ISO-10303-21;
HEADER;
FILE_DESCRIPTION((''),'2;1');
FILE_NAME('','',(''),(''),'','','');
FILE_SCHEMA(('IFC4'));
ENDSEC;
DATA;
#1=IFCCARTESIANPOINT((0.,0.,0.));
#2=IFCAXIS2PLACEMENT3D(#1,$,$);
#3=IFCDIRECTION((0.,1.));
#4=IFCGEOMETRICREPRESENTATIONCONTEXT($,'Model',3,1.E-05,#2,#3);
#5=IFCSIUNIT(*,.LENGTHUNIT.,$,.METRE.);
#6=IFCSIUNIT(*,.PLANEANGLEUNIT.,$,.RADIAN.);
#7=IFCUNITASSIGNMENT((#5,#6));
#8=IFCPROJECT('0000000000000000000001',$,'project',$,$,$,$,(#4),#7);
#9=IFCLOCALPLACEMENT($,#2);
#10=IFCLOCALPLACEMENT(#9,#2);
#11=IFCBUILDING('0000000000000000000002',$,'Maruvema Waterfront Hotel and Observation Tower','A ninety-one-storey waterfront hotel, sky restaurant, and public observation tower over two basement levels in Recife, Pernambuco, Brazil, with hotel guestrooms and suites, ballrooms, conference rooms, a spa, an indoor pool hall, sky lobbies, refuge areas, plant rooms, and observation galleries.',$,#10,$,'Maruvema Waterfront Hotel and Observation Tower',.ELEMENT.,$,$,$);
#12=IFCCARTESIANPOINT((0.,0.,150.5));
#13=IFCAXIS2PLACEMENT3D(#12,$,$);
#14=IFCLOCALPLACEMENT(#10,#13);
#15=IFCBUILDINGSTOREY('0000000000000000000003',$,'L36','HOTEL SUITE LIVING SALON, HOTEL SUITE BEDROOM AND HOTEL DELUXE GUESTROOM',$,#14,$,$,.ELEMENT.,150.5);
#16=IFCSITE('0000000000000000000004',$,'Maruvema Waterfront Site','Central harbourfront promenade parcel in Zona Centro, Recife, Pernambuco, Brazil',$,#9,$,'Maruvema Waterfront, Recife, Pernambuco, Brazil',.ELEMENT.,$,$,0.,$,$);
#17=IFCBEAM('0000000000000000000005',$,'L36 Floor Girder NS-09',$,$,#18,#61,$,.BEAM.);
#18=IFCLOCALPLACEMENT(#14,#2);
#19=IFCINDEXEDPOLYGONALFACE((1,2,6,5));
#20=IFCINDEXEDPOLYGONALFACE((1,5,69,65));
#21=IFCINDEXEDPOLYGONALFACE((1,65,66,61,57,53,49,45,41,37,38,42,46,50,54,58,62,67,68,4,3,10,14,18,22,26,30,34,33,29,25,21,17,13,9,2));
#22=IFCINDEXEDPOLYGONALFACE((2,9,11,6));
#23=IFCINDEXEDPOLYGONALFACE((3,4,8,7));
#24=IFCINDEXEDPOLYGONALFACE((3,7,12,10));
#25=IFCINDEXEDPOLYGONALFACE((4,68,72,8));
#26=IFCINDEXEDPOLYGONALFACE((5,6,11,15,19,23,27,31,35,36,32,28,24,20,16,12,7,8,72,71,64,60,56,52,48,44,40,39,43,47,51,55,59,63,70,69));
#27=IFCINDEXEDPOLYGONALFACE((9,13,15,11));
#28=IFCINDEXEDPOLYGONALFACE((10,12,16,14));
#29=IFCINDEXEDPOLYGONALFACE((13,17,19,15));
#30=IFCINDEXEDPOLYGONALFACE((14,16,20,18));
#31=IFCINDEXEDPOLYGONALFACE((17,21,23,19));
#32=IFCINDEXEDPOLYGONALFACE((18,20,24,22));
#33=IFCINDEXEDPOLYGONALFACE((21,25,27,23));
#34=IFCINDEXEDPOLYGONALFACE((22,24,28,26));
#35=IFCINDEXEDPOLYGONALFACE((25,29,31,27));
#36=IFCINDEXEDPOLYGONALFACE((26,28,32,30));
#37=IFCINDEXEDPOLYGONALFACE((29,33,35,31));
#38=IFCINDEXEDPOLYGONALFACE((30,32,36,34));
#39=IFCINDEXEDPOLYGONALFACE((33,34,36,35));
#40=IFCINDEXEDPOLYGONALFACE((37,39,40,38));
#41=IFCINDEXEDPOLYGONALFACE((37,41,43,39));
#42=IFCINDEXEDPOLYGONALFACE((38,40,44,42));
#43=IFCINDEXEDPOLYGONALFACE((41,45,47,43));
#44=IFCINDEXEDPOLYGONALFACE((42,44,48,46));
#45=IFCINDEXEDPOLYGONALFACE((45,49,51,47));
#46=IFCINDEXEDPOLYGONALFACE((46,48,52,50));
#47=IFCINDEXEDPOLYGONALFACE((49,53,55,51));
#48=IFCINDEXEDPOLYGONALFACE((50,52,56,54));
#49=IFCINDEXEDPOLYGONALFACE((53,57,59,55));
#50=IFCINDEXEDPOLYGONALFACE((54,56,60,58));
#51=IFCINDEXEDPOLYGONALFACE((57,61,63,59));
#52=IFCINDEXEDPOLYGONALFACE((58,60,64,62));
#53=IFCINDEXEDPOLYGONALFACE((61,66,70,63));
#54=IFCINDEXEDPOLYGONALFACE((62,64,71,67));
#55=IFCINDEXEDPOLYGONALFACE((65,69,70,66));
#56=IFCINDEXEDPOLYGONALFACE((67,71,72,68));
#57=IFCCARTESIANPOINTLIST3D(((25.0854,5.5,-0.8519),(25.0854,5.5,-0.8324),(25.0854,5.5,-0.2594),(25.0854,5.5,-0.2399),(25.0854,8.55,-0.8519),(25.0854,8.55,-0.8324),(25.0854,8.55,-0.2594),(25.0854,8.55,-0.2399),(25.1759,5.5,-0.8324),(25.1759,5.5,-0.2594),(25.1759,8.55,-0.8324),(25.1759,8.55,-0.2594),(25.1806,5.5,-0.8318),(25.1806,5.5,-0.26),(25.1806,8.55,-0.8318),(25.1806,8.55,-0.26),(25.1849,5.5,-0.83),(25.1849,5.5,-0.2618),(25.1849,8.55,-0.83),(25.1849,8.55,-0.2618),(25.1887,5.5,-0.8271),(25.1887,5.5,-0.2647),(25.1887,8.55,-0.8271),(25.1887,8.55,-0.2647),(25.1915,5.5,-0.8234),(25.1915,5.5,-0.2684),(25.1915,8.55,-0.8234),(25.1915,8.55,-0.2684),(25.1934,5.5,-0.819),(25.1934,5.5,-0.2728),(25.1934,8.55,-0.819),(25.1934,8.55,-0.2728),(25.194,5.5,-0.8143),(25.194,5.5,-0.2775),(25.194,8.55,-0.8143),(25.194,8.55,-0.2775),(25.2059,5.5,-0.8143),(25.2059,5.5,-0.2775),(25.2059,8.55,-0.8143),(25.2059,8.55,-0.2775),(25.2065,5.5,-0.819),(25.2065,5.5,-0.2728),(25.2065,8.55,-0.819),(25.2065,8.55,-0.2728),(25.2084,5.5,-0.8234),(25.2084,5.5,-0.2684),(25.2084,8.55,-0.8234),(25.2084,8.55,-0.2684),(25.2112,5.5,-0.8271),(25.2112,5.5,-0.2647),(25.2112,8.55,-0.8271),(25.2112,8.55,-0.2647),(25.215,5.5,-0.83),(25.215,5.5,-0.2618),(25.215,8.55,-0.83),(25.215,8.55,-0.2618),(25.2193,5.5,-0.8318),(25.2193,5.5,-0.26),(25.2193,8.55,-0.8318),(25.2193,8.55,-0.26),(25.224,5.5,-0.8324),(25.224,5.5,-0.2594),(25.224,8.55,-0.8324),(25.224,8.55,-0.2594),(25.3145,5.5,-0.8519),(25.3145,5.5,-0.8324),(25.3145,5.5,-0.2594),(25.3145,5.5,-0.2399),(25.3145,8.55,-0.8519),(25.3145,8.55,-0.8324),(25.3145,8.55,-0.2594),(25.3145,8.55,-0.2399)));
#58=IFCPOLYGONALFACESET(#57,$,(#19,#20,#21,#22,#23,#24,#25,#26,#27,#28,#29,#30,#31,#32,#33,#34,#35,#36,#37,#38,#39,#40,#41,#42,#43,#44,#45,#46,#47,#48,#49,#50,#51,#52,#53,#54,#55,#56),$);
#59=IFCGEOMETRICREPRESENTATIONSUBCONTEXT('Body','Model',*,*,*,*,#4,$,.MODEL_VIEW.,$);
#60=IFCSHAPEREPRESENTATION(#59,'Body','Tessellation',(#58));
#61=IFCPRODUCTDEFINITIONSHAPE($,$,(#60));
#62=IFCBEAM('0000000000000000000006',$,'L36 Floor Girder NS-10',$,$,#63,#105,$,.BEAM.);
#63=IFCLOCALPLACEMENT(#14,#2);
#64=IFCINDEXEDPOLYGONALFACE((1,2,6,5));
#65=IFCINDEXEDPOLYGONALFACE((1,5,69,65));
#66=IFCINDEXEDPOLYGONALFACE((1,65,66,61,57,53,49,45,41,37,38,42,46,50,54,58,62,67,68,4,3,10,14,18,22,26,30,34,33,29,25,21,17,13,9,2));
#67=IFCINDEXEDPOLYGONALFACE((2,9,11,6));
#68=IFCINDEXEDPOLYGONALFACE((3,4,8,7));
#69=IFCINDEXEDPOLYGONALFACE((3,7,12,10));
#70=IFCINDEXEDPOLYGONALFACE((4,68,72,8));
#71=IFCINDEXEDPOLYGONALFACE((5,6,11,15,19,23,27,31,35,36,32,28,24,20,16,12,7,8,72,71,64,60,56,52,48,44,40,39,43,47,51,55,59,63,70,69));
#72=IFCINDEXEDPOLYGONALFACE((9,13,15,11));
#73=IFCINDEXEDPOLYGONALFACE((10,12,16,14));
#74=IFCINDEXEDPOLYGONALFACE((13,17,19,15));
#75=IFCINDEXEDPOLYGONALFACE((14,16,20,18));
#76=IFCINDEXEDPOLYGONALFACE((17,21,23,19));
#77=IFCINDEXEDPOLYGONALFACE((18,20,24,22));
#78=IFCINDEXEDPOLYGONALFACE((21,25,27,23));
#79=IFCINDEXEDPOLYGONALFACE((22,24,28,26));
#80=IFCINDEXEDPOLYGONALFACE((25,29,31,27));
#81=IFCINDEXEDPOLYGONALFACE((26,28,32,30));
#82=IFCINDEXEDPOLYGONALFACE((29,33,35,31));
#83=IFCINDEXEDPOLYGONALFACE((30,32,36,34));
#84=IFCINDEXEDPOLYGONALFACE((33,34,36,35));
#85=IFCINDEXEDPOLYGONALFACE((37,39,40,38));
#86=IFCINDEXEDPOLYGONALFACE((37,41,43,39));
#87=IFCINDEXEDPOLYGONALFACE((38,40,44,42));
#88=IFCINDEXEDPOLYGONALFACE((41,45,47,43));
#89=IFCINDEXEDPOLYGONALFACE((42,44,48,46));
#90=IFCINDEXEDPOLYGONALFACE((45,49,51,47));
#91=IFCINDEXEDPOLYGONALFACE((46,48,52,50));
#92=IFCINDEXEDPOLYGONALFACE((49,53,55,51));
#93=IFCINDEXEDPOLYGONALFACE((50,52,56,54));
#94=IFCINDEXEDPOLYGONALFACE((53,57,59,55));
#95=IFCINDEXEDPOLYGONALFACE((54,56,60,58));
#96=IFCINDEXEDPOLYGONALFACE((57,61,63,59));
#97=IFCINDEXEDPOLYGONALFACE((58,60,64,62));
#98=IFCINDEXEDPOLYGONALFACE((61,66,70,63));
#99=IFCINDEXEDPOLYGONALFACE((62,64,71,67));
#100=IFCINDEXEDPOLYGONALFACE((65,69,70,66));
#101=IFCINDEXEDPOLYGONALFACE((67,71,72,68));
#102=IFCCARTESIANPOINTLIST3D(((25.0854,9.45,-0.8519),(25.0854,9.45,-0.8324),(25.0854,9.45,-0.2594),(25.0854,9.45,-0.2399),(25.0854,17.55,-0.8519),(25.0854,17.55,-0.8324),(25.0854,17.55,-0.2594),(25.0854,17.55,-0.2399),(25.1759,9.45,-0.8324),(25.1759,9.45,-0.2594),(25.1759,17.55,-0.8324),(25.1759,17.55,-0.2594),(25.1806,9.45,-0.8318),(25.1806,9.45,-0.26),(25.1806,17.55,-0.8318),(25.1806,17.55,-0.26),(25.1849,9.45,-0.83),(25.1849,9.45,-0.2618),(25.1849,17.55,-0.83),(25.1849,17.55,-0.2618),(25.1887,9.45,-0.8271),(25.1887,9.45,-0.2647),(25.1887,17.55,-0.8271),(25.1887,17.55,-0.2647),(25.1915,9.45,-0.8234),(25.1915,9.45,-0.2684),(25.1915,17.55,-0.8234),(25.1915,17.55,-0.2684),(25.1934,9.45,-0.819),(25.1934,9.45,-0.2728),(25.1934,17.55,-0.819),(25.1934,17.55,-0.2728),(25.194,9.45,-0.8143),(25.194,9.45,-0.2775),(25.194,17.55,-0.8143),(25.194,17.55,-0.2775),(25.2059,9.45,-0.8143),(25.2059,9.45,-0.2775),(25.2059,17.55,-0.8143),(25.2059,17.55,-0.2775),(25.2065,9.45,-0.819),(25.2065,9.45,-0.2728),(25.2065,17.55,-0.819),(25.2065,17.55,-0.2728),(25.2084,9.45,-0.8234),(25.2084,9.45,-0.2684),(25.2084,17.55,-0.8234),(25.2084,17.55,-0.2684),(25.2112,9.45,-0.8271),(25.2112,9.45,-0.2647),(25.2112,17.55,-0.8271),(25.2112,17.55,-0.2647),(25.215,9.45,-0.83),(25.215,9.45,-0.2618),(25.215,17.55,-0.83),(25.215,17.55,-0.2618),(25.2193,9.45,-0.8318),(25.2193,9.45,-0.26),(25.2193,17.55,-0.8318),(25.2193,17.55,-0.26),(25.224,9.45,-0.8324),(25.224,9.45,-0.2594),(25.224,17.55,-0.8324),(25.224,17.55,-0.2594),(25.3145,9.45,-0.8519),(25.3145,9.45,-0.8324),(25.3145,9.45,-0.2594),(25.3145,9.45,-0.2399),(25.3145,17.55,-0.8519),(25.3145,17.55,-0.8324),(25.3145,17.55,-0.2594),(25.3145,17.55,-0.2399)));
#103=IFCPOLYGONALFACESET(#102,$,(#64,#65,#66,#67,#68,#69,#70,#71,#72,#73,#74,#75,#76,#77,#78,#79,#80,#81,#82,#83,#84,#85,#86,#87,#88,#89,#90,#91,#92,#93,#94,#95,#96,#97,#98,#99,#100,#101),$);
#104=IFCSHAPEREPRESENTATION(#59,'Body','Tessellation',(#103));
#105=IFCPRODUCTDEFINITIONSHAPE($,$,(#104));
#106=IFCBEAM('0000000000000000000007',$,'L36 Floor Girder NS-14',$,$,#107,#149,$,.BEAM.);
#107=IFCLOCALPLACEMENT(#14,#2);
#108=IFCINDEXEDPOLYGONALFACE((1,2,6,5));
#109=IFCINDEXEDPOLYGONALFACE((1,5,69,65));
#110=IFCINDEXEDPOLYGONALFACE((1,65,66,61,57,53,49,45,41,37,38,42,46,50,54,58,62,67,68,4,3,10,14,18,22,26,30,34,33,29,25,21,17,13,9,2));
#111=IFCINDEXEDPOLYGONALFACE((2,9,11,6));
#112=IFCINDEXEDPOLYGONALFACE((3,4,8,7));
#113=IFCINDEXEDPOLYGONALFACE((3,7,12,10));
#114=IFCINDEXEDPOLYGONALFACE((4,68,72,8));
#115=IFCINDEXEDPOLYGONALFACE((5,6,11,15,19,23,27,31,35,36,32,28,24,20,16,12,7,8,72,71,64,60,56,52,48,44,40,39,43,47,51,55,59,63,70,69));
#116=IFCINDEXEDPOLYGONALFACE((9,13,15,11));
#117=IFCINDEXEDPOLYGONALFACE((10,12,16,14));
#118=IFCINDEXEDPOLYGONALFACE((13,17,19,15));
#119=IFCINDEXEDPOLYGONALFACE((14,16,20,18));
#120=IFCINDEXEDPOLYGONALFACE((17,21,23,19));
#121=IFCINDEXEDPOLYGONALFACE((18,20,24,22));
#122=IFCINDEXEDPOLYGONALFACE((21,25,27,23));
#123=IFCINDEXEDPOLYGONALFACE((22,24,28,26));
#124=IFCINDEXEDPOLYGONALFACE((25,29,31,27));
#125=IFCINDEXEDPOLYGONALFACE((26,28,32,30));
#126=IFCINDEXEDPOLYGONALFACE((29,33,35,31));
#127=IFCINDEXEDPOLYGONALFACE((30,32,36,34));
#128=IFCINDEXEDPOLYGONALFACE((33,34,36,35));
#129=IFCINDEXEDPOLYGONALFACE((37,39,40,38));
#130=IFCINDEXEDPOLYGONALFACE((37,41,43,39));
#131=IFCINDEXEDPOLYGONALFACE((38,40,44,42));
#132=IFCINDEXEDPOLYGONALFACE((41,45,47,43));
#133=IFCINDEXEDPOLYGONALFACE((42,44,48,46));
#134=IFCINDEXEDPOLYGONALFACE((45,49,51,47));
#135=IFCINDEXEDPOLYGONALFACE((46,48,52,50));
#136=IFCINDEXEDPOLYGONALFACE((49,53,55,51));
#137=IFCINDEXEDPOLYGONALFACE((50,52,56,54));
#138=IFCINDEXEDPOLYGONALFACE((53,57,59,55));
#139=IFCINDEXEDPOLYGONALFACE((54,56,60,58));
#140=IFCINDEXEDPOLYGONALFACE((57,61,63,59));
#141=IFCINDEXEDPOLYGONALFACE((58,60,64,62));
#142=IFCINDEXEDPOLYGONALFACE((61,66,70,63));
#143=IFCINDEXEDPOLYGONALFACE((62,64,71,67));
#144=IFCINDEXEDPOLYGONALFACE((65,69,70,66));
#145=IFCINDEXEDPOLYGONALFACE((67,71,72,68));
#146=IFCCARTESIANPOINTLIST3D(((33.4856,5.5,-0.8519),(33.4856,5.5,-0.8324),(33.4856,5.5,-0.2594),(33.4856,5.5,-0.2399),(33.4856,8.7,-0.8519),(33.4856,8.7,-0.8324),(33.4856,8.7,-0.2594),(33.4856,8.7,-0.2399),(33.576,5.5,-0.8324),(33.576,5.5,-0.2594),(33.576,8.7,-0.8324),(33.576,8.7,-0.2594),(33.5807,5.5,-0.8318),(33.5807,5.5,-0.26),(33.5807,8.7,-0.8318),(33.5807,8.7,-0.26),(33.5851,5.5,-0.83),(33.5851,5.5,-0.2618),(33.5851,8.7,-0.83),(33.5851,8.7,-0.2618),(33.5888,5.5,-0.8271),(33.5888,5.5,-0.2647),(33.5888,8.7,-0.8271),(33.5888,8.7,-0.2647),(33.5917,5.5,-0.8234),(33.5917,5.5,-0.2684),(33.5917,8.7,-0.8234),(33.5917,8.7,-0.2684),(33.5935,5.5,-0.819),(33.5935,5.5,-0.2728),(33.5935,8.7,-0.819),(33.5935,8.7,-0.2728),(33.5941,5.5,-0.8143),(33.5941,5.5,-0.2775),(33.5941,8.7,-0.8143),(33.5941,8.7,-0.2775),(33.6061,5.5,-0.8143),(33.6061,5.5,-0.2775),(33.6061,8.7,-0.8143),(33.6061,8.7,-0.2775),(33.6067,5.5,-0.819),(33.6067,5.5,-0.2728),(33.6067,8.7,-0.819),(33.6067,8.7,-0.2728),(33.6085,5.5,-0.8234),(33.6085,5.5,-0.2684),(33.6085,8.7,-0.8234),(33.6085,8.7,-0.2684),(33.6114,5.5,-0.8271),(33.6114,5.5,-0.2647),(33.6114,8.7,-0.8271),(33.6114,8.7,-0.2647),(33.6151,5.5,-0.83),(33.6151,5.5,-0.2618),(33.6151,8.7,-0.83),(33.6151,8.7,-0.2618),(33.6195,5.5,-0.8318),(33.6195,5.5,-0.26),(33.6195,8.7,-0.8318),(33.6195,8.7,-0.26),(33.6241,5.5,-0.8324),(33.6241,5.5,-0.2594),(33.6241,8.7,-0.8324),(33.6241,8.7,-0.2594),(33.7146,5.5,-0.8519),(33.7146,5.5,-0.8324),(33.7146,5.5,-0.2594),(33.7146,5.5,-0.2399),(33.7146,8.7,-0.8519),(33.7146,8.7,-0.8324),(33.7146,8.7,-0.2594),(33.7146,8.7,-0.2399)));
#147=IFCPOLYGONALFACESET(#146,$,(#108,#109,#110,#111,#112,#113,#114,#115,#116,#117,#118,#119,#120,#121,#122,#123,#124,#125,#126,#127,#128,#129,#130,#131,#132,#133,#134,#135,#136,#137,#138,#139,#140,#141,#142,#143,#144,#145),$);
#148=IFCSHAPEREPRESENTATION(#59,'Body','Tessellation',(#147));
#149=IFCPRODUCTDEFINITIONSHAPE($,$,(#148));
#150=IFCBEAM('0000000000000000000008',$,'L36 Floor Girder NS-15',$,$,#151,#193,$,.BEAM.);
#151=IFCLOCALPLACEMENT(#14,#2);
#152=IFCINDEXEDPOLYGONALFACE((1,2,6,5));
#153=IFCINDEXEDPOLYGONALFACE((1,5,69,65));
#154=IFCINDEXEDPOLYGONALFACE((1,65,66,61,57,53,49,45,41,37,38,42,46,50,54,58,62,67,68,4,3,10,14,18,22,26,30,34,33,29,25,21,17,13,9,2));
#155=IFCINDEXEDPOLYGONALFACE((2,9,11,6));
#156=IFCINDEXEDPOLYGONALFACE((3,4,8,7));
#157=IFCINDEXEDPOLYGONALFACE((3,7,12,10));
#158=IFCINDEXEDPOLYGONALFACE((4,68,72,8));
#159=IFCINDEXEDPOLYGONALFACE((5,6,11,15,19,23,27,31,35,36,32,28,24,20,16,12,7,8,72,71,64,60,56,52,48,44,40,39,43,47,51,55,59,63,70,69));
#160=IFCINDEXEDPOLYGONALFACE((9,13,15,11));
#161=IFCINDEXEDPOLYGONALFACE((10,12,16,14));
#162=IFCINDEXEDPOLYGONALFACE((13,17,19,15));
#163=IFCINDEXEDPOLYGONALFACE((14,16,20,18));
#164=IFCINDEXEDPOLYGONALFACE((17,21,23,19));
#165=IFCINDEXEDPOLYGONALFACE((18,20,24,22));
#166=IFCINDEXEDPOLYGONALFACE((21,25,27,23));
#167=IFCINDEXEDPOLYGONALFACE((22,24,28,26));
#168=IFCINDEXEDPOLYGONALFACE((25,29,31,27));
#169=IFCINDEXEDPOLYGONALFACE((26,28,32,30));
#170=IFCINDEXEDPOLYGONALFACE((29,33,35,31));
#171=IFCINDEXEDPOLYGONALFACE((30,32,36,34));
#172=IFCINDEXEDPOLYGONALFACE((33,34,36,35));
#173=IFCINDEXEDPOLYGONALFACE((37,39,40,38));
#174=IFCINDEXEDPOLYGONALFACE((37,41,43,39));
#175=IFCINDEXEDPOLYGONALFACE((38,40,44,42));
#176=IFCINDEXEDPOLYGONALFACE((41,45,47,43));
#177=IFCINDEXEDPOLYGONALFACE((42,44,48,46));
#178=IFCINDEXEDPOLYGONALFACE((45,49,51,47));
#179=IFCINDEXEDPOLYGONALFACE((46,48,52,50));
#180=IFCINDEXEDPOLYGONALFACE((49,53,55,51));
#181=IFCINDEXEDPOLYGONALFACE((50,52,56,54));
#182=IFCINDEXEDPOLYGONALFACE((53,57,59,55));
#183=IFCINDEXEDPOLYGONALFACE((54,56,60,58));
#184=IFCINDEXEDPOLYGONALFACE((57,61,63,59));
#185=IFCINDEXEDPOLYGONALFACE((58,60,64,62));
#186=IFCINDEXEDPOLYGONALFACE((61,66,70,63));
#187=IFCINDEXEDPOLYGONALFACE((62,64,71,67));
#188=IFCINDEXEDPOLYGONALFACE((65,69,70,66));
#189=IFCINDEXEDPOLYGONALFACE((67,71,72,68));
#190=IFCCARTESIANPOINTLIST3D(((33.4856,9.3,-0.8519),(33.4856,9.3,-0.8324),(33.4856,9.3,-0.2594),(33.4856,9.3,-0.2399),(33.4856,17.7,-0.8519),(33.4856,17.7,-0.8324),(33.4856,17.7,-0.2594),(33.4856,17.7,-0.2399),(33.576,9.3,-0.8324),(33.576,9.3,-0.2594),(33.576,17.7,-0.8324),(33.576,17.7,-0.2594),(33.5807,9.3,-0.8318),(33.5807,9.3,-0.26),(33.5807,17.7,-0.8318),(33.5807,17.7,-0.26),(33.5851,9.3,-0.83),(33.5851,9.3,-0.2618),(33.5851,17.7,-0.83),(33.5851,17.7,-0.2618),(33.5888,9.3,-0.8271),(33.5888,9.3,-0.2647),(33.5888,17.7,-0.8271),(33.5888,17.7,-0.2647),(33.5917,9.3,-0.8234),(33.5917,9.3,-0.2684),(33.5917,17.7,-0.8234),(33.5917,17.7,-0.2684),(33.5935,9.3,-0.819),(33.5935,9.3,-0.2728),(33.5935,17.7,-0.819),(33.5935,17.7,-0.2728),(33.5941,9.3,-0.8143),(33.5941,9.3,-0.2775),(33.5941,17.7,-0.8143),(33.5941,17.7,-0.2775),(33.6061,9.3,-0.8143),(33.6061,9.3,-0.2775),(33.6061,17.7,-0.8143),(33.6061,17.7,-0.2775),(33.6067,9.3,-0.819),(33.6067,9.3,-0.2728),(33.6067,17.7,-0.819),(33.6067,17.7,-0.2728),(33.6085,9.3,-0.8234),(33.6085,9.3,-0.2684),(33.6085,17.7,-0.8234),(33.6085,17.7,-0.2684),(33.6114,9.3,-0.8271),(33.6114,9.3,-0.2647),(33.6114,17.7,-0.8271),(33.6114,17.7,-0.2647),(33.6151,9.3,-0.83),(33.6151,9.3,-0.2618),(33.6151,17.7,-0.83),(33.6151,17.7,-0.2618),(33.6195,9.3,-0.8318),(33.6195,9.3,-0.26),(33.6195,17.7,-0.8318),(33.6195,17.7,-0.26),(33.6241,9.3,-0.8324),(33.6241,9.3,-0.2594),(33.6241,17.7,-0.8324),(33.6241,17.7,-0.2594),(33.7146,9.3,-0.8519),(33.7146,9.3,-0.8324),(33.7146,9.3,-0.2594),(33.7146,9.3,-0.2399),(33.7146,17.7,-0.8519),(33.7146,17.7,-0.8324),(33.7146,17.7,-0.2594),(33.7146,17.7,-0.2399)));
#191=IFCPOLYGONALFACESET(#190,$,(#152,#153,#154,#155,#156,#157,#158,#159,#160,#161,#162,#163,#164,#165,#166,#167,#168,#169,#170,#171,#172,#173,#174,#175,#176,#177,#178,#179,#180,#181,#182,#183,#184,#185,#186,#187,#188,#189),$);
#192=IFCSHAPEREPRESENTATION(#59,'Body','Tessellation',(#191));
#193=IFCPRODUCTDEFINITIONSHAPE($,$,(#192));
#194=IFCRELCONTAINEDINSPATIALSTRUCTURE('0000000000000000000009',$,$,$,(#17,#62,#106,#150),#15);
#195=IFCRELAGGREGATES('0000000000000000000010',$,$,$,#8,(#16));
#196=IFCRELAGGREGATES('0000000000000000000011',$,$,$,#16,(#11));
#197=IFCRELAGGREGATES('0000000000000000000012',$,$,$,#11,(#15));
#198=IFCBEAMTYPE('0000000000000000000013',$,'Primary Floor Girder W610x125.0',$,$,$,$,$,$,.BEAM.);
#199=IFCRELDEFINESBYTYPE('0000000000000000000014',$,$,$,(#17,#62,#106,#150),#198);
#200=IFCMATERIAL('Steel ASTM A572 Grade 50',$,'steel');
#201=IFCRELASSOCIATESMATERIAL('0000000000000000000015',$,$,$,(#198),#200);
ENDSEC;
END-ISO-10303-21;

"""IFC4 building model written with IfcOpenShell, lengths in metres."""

from ifc_helpers import new_model, si_unit, direction, frame, origin, origin_2d, place, context, subcontext, project, spatial, i_section, extrude, material, material_profile, profile_set, type_object, element, save


model = new_model("IFC4")

# Units and contexts
model_context = context("Model", 3, precision=1e-05, world=origin(), true_north=direction((0.0, 1.0)))
body_context = subcontext(model_context, "Body", "Model", "MODEL_VIEW")
ifc_project = project(units=[si_unit("LENGTHUNIT", "METRE"), si_unit("PLANEANGLEUNIT", "RADIAN")], contexts=[model_context])

# Site, building, storey
site_placement = place(None, origin())
site = spatial("IfcSite", under=ifc_project, at=site_placement, Name="Maruvema Waterfront Site", Description="Central harbourfront promenade parcel in Zona Centro, Recife, Pernambuco, Brazil", LongName="Maruvema Waterfront, Recife, Pernambuco, Brazil", CompositionType="ELEMENT", RefElevation=0.0)
building_placement = place(site_placement, origin())
building = spatial("IfcBuilding", under=site, at=building_placement, Name="Maruvema Waterfront Hotel and Observation Tower", Description="A ninety-one-storey waterfront hotel, sky restaurant, and public observation tower over two basement levels in Recife, Pernambuco, Brazil, with hotel guestrooms and suites, ballrooms, conference rooms, a spa, an indoor pool hall, sky lobbies, refuge areas, plant rooms, and observation galleries.", LongName="Maruvema Waterfront Hotel and Observation Tower", CompositionType="ELEMENT")
storey_placement = place(building_placement, frame((0.0, 0.0, 150.5)))
storey = spatial("IfcBuildingStorey", under=building, at=storey_placement, Name="L36", Description="HOTEL SUITE LIVING SALON, HOTEL SUITE BEDROOM AND HOTEL DELUXE GUESTROOM", CompositionType="ELEMENT", Elevation=150.5)

# Beams
ifc_material_1 = material(Name="Steel ASTM A572 Grade 50", Category="steel")
ifc_material_profile_1 = material_profile(ifc_material_1, i_section(OverallWidth=0.229, OverallDepth=0.6121, WebThickness=0.012, FlangeThickness=0.0195, FilletRadius=0.0181, at=origin_2d()), Name="W610x125.0")
ifc_profile_set_1 = profile_set([ifc_material_profile_1], Name="Steel ASTM A572 Grade 50")
beam_type_1 = type_object("IfcBeamType", Name="Primary Floor Girder W610x125.0", PredefinedType="BEAM", material=ifc_profile_set_1)
beam_1_placement = place(storey_placement, frame((25.2, 5.5, -0.5459), z_axis=(0.0, 1.0, 0.0), x_axis=(-1.0, 0.0, 0.0)))
element("IfcBeam", 1, at=beam_1_placement, inside=storey, type_object=beam_type_1, Name="L36 Floor Girder NS-09", PredefinedType="BEAM", context=body_context, shape_type="SweptSolid", body=[
    extrude(i_section(OverallWidth=0.229, OverallDepth=0.6121, WebThickness=0.012, FlangeThickness=0.0195, FilletRadius=0.0181, at=origin_2d()), origin(), (0.0, 0.0, 1.0), 3.05),
])
beam_2_placement = place(storey_placement, frame((25.2, 9.45, -0.5459), z_axis=(0.0, 1.0, 0.0), x_axis=(-1.0, 0.0, 0.0)))
element("IfcBeam", 2, at=beam_2_placement, inside=storey, type_object=beam_type_1, Name="L36 Floor Girder NS-10", PredefinedType="BEAM", context=body_context, shape_type="SweptSolid", body=[
    extrude(i_section(OverallWidth=0.229, OverallDepth=0.6121, WebThickness=0.012, FlangeThickness=0.0195, FilletRadius=0.0181, at=origin_2d()), origin(), (0.0, 0.0, 1.0), 8.1001),
])
beam_3_placement = place(storey_placement, frame((33.6001, 5.5, -0.5459), z_axis=(0.0, 1.0, 0.0), x_axis=(-1.0, 0.0, 0.0)))
element("IfcBeam", 3, at=beam_3_placement, inside=storey, type_object=beam_type_1, Name="L36 Floor Girder NS-14", PredefinedType="BEAM", context=body_context, shape_type="SweptSolid", body=[
    extrude(i_section(OverallWidth=0.229, OverallDepth=0.6121, WebThickness=0.012, FlangeThickness=0.0195, FilletRadius=0.0181, at=origin_2d()), origin(), (0.0, 0.0, 1.0), 3.2),
])
beam_4_placement = place(storey_placement, frame((33.6001, 9.3, -0.5459), z_axis=(0.0, 1.0, 0.0), x_axis=(-1.0, 0.0, 0.0)))
element("IfcBeam", 4, at=beam_4_placement, inside=storey, type_object=beam_type_1, Name="L36 Floor Girder NS-15", PredefinedType="BEAM", context=body_context, shape_type="SweptSolid", body=[
    extrude(i_section(OverallWidth=0.229, OverallDepth=0.6121, WebThickness=0.012, FlangeThickness=0.0195, FilletRadius=0.0181, at=origin_2d()), origin(), (0.0, 0.0, 1.0), 8.3999),
])

save(model, "model.ifc")
